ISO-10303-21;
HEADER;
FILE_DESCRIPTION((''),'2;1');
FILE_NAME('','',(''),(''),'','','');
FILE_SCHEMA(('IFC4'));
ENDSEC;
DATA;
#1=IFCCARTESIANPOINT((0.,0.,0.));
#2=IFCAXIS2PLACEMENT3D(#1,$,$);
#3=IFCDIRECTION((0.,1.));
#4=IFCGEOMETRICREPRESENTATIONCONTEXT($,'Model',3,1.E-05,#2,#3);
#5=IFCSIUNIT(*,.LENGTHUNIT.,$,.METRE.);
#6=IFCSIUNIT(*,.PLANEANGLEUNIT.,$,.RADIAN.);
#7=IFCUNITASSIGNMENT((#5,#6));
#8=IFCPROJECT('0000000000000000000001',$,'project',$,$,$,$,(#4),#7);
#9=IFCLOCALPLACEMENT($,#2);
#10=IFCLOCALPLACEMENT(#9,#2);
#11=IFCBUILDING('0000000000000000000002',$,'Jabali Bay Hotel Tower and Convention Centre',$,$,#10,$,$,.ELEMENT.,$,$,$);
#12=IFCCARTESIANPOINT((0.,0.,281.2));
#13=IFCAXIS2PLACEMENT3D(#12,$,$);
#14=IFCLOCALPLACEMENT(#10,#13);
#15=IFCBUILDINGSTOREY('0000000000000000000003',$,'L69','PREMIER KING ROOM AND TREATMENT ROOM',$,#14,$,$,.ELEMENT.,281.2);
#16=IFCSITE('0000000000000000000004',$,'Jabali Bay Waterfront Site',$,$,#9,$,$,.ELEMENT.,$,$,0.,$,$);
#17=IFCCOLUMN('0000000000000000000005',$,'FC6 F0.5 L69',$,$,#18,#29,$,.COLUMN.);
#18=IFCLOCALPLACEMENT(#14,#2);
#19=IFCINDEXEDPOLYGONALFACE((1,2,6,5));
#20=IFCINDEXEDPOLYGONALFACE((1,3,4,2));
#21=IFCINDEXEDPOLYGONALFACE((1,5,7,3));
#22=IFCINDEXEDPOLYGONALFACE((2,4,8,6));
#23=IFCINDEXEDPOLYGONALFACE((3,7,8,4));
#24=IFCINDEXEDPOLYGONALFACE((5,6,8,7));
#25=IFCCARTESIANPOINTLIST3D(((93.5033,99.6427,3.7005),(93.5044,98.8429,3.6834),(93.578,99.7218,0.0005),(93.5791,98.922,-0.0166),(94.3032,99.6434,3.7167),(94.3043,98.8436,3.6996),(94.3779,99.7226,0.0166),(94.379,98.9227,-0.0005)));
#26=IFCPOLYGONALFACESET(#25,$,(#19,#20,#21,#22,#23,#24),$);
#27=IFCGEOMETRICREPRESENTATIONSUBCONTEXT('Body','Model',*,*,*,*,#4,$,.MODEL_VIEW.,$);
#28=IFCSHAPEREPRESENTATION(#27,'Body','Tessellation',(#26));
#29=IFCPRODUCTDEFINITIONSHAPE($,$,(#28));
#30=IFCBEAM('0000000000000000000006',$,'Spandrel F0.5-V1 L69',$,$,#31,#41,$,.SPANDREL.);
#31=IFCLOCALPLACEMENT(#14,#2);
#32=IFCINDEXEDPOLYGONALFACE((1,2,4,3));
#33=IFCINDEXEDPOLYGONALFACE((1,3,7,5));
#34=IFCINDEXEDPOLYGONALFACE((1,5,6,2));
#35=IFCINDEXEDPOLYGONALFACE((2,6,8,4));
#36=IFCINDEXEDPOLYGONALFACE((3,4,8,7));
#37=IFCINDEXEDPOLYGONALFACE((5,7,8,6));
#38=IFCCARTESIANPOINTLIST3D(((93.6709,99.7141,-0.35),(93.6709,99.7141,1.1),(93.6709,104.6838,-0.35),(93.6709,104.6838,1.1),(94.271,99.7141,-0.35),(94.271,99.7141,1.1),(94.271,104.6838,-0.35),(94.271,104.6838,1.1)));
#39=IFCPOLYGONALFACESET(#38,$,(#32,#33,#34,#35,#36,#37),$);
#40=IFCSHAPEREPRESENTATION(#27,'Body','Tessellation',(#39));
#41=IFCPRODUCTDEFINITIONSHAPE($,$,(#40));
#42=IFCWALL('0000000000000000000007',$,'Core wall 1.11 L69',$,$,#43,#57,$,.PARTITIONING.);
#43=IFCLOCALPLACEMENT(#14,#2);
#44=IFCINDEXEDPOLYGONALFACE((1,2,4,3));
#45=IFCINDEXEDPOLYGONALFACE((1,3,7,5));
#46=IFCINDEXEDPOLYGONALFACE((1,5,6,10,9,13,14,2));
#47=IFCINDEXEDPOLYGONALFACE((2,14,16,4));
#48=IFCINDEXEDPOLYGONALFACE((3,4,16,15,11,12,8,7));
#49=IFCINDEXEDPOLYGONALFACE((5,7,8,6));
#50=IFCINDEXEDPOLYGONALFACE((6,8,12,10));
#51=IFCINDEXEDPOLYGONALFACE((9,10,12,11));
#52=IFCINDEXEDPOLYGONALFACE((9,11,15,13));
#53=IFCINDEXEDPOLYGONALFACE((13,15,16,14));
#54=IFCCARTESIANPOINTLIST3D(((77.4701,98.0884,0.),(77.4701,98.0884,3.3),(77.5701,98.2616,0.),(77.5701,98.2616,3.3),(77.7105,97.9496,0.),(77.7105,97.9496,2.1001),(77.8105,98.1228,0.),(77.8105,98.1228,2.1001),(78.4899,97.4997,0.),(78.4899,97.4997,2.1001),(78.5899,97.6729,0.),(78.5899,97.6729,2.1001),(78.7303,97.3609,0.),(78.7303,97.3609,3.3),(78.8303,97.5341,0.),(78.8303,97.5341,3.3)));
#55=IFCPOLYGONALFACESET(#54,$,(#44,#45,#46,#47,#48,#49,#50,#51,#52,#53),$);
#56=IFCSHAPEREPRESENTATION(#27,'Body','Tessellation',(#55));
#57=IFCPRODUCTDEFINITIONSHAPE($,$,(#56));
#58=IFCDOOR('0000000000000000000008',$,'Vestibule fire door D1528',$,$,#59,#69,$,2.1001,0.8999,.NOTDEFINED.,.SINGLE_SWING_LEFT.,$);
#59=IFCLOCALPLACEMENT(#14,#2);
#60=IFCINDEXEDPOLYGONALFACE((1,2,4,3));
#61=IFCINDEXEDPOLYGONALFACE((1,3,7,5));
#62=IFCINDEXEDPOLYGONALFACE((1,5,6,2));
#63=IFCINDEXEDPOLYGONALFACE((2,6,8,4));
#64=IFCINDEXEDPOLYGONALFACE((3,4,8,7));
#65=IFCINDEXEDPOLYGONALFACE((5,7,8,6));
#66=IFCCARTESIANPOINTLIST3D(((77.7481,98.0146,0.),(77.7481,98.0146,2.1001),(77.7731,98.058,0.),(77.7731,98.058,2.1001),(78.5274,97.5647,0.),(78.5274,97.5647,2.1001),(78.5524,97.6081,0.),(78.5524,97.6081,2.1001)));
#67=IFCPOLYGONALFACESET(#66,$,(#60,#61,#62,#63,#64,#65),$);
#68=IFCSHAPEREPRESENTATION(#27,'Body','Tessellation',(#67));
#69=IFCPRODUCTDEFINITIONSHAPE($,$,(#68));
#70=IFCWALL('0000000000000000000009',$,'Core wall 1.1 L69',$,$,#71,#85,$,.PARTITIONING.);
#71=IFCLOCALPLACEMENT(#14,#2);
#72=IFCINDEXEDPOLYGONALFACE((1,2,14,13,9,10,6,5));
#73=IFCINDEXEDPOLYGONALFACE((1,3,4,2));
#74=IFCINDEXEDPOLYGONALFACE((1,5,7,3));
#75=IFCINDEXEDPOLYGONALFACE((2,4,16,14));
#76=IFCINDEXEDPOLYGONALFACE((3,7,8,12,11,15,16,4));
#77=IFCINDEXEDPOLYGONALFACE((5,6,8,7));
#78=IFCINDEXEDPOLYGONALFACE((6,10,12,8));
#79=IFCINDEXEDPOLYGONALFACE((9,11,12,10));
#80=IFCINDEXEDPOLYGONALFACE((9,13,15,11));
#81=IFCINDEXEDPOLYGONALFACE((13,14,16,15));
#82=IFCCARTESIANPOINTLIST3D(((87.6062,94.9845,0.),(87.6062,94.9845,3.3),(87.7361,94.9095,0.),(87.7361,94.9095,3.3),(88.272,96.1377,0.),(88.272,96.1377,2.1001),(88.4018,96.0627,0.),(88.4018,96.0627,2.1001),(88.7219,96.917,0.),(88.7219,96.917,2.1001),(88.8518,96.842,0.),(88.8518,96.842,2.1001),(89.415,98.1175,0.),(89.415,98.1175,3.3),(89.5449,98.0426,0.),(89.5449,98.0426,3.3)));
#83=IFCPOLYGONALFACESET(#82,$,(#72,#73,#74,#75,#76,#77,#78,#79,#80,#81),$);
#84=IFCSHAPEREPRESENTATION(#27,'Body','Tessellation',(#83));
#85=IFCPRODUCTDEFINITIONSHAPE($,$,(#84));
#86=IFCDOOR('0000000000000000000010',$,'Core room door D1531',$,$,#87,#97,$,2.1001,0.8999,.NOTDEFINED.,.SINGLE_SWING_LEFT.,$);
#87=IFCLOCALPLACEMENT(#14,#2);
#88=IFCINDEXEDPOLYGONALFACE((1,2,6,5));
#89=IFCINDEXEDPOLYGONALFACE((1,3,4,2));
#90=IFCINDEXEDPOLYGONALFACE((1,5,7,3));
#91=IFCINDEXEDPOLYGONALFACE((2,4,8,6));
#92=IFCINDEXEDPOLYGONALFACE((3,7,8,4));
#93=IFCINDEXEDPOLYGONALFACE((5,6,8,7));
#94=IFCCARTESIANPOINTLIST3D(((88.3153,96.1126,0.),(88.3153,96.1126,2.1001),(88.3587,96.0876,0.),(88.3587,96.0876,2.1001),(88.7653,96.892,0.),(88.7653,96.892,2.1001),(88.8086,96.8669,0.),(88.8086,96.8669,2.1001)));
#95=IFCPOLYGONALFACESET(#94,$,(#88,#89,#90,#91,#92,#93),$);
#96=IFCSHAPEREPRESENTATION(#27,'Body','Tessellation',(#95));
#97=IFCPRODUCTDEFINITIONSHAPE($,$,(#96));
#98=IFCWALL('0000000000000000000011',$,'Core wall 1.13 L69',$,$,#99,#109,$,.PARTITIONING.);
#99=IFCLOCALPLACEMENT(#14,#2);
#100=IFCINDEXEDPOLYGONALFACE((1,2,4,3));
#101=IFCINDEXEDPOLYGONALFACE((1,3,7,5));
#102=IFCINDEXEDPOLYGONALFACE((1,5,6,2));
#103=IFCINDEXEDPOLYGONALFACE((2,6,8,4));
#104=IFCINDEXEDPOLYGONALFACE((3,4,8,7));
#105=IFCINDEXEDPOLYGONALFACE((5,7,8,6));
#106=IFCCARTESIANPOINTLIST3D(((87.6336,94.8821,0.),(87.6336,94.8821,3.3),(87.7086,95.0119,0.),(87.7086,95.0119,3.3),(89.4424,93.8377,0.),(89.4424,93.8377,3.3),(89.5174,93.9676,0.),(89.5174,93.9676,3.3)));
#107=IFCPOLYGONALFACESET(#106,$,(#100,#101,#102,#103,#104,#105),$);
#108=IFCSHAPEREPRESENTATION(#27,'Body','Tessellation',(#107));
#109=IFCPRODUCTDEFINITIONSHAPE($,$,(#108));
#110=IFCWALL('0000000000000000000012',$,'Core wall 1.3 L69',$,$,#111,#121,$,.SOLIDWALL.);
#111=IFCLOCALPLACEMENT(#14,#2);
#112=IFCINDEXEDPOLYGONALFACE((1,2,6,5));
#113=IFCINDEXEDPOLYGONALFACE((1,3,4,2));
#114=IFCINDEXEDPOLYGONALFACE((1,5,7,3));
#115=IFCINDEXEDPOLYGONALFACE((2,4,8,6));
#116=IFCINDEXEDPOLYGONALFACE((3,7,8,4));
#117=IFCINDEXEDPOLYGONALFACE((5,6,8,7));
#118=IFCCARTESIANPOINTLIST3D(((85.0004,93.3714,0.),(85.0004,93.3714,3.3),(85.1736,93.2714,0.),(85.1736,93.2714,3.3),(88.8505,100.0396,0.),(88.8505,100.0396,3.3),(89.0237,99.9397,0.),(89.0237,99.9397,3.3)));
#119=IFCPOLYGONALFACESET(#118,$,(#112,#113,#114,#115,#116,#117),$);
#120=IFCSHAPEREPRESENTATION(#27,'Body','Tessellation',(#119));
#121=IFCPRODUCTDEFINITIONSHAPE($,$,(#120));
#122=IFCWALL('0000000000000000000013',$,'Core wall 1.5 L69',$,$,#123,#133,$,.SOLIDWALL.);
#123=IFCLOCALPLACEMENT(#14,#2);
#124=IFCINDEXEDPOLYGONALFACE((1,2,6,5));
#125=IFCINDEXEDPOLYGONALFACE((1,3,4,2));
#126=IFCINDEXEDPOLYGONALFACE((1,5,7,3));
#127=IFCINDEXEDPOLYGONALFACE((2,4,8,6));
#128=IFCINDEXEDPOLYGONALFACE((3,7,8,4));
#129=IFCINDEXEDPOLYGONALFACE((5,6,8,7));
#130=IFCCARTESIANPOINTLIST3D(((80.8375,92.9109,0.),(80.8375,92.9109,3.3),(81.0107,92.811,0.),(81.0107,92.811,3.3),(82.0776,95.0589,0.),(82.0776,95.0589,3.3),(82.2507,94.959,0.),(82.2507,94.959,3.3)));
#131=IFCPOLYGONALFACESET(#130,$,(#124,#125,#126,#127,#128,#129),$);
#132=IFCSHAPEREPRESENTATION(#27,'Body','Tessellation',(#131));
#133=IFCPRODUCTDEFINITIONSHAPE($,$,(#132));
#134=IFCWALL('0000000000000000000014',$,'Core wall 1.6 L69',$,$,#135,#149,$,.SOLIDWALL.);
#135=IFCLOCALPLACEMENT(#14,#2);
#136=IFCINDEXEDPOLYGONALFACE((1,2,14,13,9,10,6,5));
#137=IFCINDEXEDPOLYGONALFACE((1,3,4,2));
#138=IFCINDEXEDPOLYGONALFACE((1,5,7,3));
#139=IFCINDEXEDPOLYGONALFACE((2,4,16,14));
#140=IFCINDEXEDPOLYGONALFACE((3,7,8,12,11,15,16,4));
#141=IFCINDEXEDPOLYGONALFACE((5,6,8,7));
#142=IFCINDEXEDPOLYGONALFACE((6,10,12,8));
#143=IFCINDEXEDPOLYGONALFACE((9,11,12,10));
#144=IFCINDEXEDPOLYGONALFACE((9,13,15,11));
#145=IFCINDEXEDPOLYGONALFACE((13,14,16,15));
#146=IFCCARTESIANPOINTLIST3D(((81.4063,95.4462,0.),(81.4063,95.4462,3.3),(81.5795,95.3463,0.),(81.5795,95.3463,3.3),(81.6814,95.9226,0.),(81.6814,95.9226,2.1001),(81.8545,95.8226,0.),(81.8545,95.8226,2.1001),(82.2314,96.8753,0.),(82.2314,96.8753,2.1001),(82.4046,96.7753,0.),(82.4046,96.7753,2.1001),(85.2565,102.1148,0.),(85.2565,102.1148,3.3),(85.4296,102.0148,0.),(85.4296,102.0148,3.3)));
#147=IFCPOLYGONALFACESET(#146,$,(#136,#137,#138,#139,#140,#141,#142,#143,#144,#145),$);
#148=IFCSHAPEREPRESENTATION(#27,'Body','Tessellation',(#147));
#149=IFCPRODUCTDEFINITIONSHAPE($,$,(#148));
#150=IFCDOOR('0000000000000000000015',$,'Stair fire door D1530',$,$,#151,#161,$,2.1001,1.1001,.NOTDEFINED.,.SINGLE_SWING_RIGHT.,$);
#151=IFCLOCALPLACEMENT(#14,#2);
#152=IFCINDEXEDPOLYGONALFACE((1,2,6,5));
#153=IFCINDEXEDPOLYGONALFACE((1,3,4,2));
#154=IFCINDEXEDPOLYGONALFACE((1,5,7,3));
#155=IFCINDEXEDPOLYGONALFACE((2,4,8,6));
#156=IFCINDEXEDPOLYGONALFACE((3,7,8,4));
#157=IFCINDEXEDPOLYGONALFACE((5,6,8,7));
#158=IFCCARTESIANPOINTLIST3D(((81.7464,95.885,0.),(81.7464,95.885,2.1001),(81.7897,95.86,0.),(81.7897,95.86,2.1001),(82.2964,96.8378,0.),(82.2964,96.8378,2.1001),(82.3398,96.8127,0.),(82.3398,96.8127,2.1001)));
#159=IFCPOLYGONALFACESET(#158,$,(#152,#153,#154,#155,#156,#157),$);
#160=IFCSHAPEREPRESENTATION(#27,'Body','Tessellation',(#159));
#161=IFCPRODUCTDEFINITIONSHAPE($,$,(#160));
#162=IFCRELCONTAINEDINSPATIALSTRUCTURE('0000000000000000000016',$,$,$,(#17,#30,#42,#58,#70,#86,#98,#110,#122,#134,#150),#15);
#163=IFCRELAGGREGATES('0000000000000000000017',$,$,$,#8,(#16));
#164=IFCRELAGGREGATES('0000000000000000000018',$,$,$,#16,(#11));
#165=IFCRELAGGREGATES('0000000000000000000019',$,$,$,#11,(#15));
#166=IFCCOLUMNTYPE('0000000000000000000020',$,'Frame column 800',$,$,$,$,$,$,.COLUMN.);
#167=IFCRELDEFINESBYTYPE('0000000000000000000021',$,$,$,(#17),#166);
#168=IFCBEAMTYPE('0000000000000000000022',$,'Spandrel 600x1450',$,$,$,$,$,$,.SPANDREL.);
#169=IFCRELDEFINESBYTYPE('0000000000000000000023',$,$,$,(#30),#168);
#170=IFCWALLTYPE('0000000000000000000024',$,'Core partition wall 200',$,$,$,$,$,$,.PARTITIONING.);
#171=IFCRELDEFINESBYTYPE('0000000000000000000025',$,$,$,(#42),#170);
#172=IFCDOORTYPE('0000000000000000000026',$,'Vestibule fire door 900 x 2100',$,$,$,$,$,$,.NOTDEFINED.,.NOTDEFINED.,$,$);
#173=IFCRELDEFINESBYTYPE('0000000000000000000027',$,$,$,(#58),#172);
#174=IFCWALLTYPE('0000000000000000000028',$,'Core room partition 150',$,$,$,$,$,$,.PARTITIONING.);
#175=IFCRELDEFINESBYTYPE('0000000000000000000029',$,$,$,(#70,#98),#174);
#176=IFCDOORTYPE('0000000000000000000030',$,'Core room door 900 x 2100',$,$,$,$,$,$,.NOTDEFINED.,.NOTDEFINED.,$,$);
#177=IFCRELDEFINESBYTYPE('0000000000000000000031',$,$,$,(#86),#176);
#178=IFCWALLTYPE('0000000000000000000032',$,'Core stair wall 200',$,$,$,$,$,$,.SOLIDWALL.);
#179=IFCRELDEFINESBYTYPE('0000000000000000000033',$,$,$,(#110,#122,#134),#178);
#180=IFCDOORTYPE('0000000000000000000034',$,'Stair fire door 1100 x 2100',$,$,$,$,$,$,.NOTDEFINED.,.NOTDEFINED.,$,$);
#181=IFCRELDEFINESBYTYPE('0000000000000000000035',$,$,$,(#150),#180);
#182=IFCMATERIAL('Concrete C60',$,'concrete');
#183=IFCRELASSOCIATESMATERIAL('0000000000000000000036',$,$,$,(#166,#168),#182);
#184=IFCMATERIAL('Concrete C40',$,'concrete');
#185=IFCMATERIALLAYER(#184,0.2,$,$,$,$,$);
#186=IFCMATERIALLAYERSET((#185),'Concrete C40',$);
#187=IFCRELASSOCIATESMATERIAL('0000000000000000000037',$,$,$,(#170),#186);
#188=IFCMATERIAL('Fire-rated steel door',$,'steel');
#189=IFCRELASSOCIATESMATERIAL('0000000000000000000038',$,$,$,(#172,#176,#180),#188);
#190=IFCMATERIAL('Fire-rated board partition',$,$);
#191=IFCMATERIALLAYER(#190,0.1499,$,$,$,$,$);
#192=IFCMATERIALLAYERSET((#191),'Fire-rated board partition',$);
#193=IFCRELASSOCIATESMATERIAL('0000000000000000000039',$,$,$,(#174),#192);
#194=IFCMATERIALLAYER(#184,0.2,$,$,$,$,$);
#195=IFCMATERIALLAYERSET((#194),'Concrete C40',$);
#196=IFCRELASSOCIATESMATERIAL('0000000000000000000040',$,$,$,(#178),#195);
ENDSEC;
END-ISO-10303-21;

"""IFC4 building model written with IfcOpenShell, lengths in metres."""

from ifc_helpers import new_model, si_unit, direction, frame, frame_2d, origin, origin_2d, place, context, subcontext, project, spatial, rectangle, extrude, material, layer, layer_set, material_profile, profile_set, type_object, element, fill, save


model = new_model("IFC4")

# Units and contexts
model_context = context("Model", 3, precision=1e-05, world=origin(), true_north=direction((0.0, 1.0)))
body_context = subcontext(model_context, "Body", "Model", "MODEL_VIEW")
ifc_project = project(units=[si_unit("LENGTHUNIT", "METRE"), si_unit("PLANEANGLEUNIT", "RADIAN")], contexts=[model_context])

# Site, building, storey
site_placement = place(None, origin())
site = spatial("IfcSite", under=ifc_project, at=site_placement, Name="Jabali Bay Waterfront Site", CompositionType="ELEMENT", RefElevation=0.0)
building_placement = place(site_placement, origin())
building = spatial("IfcBuilding", under=site, at=building_placement, Name="Jabali Bay Hotel Tower and Convention Centre", CompositionType="ELEMENT")
storey_placement = place(building_placement, frame((0.0, 0.0, 281.2)))
storey = spatial("IfcBuildingStorey", under=building, at=storey_placement, Name="L69", Description="PREMIER KING ROOM AND TREATMENT ROOM", CompositionType="ELEMENT", Elevation=281.2)

# Column
ifc_material_1 = material(Name="Concrete C60", Category="concrete")
ifc_material_profile_1 = material_profile(ifc_material_1, rectangle(XDim=0.8, YDim=0.8, at=origin_2d()), Name="Frame column 800")
ifc_profile_set_1 = profile_set([ifc_material_profile_1], Name="Concrete C60")
column_type = type_object("IfcColumnType", Name="Frame column 800", PredefinedType="COLUMN", material=ifc_profile_set_1)
column_placement = place(storey_placement, frame((93.9785, 99.3223, 0.0), z_axis=(-0.020183, -0.02137, 0.999568), x_axis=(0.999795, 0.000884, 0.020206)))
element("IfcColumn", 1, at=column_placement, inside=storey, type_object=column_type, Name="FC6 F0.5 L69", PredefinedType="COLUMN", context=body_context, shape_type="SweptSolid", body=[
    extrude(rectangle(XDim=0.8, YDim=0.8, at=origin_2d()), origin(), (0.0, 0.0, 1.0), 3.7017),
])

# Beam
ifc_material_profile_2 = material_profile(ifc_material_1, rectangle(XDim=0.6001, YDim=1.45, at=origin_2d()), Name="Spandrel 600x1450")
ifc_profile_set_2 = profile_set([ifc_material_profile_2], Name="Concrete C60")
beam_type = type_object("IfcBeamType", Name="Spandrel 600x1450", PredefinedType="SPANDREL", material=ifc_profile_set_2)
beam_placement = place(storey_placement, frame((93.9709, 99.7141, 0.375), z_axis=(0.0, 1.0, 0.0), x_axis=(-1.0, 0.0, 0.0)))
element("IfcBeam", 2, at=beam_placement, inside=storey, type_object=beam_type, Name="Spandrel F0.5-V1 L69", PredefinedType="SPANDREL", context=body_context, shape_type="SweptSolid", body=[
    extrude(rectangle(XDim=0.6001, YDim=1.45, at=origin_2d()), origin(), (0.0, 0.0, 1.0), 4.9697),
])

# Walls, openings, doors
ifc_material_2 = material(Name="Concrete C40", Category="concrete")
ifc_layer_1 = layer(ifc_material_2, 0.2)
ifc_layer_set_1 = layer_set([ifc_layer_1], Name="Concrete C40")
wall_type_1 = type_object("IfcWallType", Name="Core partition wall 200", PredefinedType="PARTITIONING", material=ifc_layer_set_1)
wall_1_placement = place(storey_placement, frame((78.7803, 97.4475, 0.0), z_axis=(0.0, 0.0, 1.0), x_axis=(-0.866046, 0.499965, 0.0)))
wall_1 = element("IfcWall", 3, at=wall_1_placement, inside=storey, type_object=wall_type_1, Name="Core wall 1.11 L69", PredefinedType="PARTITIONING", context=body_context, shape_type="SweptSolid", body=[
    extrude(rectangle(XDim=1.4551, YDim=0.2, at=frame_2d((0.7275, 0.0))), origin(), (0.0, 0.0, 1.0), 3.3),
])
opening_1_placement = place(wall_1_placement, frame((0.2776, 0.0, 0.0)))
opening_1 = element("IfcOpeningElement", 4, at=opening_1_placement, cuts=wall_1, PredefinedType="OPENING", context=body_context, shape_type="SweptSolid", body=[
    extrude(rectangle(XDim=0.8999, YDim=2.1001, at=frame_2d((0.45, 1.05))), frame((0.0, 0.1104, 0.0), z_axis=(0.0, -1.0, 0.0), x_axis=(1.0, 0.0, 0.0)), (0.0, 0.0, 1.0), 0.2209),
])
ifc_material_3 = material(Name="Fire-rated steel door", Category="steel")
door_type_1 = type_object("IfcDoorType", Name="Vestibule fire door 900 x 2100", OperationType="NOTDEFINED", PredefinedType="NOTDEFINED", material=ifc_material_3)
door_1_placement = place(opening_1_placement, origin())
door_1 = element("IfcDoor", 5, at=door_1_placement, inside=storey, type_object=door_type_1, Name="Vestibule fire door D1528", OperationType="SINGLE_SWING_LEFT", OverallHeight=2.1001, OverallWidth=0.8999, PredefinedType="NOTDEFINED", context=body_context, shape_type="SweptSolid", body=[
    extrude(rectangle(XDim=0.8999, YDim=2.1001, at=frame_2d((0.45, 1.05))), frame((0.0, 0.0249, 0.0), z_axis=(0.0, -1.0, 0.0), x_axis=(1.0, 0.0, 0.0)), (0.0, 0.0, 1.0), 0.05),
])
fill(opening_1, door_1)
ifc_material_4 = material(Name="Fire-rated board partition")
ifc_layer_2 = layer(ifc_material_4, 0.1499)
ifc_layer_set_2 = layer_set([ifc_layer_2], Name="Fire-rated board partition")
wall_type_2 = type_object("IfcWallType", Name="Core room partition 150", PredefinedType="PARTITIONING", material=ifc_layer_set_2)
wall_2_placement = place(storey_placement, frame((87.6711, 94.947, 0.0), z_axis=(0.0, 0.0, 1.0), x_axis=(0.499993, 0.866029, 0.0)))
wall_2 = element("IfcWall", 6, at=wall_2_placement, inside=storey, type_object=wall_type_2, Name="Core wall 1.1 L69", PredefinedType="PARTITIONING", context=body_context, shape_type="SweptSolid", body=[
    extrude(rectangle(XDim=3.6177, YDim=0.1499, at=frame_2d((1.8088, 0.0))), origin(), (0.0, 0.0, 1.0), 3.3),
])
opening_2_placement = place(wall_2_placement, frame((1.3315, 0.0, 0.0)))
opening_2 = element("IfcOpeningElement", 7, at=opening_2_placement, cuts=wall_2, PredefinedType="OPENING", context=body_context, shape_type="SweptSolid", body=[
    extrude(rectangle(XDim=0.8999, YDim=2.1001, at=frame_2d((0.45, 1.05))), frame((0.0, 0.0854, 0.0), z_axis=(0.0, -1.0, 0.0), x_axis=(1.0, 0.0, 0.0)), (0.0, 0.0, 1.0), 0.1709),
])
door_type_2 = type_object("IfcDoorType", Name="Core room door 900 x 2100", OperationType="NOTDEFINED", PredefinedType="NOTDEFINED", material=ifc_material_3)
door_2_placement = place(opening_2_placement, origin())
door_2 = element("IfcDoor", 8, at=door_2_placement, inside=storey, type_object=door_type_2, Name="Core room door D1531", OperationType="SINGLE_SWING_LEFT", OverallHeight=2.1001, OverallWidth=0.8999, PredefinedType="NOTDEFINED", context=body_context, shape_type="SweptSolid", body=[
    extrude(rectangle(XDim=0.8999, YDim=2.1001, at=frame_2d((0.45, 1.05))), frame((0.0, 0.0249, 0.0), z_axis=(0.0, -1.0, 0.0), x_axis=(1.0, 0.0, 0.0)), (0.0, 0.0, 1.0), 0.05),
])
fill(opening_2, door_2)

# Walls
wall_3_placement = place(storey_placement, frame((89.48, 93.9026, 0.0), z_axis=(0.0, 0.0, 1.0), x_axis=(-0.866005, 0.500036, 0.0)))
element("IfcWall", 9, at=wall_3_placement, inside=storey, type_object=wall_type_2, Name="Core wall 1.13 L69", PredefinedType="PARTITIONING", context=body_context, shape_type="SweptSolid", body=[
    extrude(rectangle(XDim=2.0886, YDim=0.1499, at=frame_2d((1.0444, 0.0))), origin(), (0.0, 0.0, 1.0), 3.3),
])
ifc_layer_3 = layer(ifc_material_2, 0.2)
ifc_layer_set_3 = layer_set([ifc_layer_3], Name="Concrete C40")
wall_type_3 = type_object("IfcWallType", Name="Core stair wall 200", PredefinedType="SOLIDWALL", material=ifc_layer_set_3)
wall_4_placement = place(storey_placement, frame((85.0869, 93.3213, 0.0), z_axis=(0.0, 0.0, 1.0), x_axis=(0.50002, 0.866014, 0.0)))
element("IfcWall", 10, at=wall_4_placement, inside=storey, type_object=wall_type_3, Name="Core wall 1.3 L69", PredefinedType="SOLIDWALL", context=body_context, shape_type="SweptSolid", body=[
    extrude(rectangle(XDim=7.7, YDim=0.2, at=frame_2d((3.8501, 0.0))), origin(), (0.0, 0.0, 1.0), 3.3),
])
wall_5_placement = place(storey_placement, frame((80.9241, 92.8608, 0.0), z_axis=(0.0, 0.0, 1.0), x_axis=(0.499961, 0.866048, 0.0)))
element("IfcWall", 11, at=wall_5_placement, inside=storey, type_object=wall_type_3, Name="Core wall 1.5 L69", PredefinedType="SOLIDWALL", context=body_context, shape_type="SweptSolid", body=[
    extrude(rectangle(XDim=2.4802, YDim=0.2, at=frame_2d((1.2402, 0.0))), origin(), (0.0, 0.0, 1.0), 3.3),
])

# Wall, opening, door
wall_6_placement = place(storey_placement, frame((81.4929, 95.3962, 0.0), z_axis=(0.0, 0.0, 1.0), x_axis=(0.500006, 0.866022, 0.0)))
wall_6 = element("IfcWall", 12, at=wall_6_placement, inside=storey, type_object=wall_type_3, Name="Core wall 1.6 L69", PredefinedType="SOLIDWALL", context=body_context, shape_type="SweptSolid", body=[
    extrude(rectangle(XDim=7.7002, YDim=0.2, at=frame_2d((3.8501, 0.0))), origin(), (0.0, 0.0, 1.0), 3.3),
])
opening_3_placement = place(wall_6_placement, frame((0.55, 0.0, 0.0)))
opening_3 = element("IfcOpeningElement", 13, at=opening_3_placement, cuts=wall_6, PredefinedType="OPENING", context=body_context, shape_type="SweptSolid", body=[
    extrude(rectangle(XDim=1.1001, YDim=2.1001, at=frame_2d((0.55, 1.05))), frame((0.0, 0.1104, 0.0), z_axis=(0.0, -1.0, 0.0), x_axis=(1.0, 0.0, 0.0)), (0.0, 0.0, 1.0), 0.2209),
])
door_type_3 = type_object("IfcDoorType", Name="Stair fire door 1100 x 2100", OperationType="NOTDEFINED", PredefinedType="NOTDEFINED", material=ifc_material_3)
door_3_placement = place(opening_3_placement, origin())
door_3 = element("IfcDoor", 14, at=door_3_placement, inside=storey, type_object=door_type_3, Name="Stair fire door D1530", OperationType="SINGLE_SWING_RIGHT", OverallHeight=2.1001, OverallWidth=1.1001, PredefinedType="NOTDEFINED", context=body_context, shape_type="SweptSolid", body=[
    extrude(rectangle(XDim=1.1001, YDim=2.1001, at=frame_2d((0.55, 1.05))), frame((0.0, 0.0249, 0.0), z_axis=(0.0, -1.0, 0.0), x_axis=(1.0, 0.0, 0.0)), (0.0, 0.0, 1.0), 0.05),
])
fill(opening_3, door_3)

save(model, "model.ifc")
